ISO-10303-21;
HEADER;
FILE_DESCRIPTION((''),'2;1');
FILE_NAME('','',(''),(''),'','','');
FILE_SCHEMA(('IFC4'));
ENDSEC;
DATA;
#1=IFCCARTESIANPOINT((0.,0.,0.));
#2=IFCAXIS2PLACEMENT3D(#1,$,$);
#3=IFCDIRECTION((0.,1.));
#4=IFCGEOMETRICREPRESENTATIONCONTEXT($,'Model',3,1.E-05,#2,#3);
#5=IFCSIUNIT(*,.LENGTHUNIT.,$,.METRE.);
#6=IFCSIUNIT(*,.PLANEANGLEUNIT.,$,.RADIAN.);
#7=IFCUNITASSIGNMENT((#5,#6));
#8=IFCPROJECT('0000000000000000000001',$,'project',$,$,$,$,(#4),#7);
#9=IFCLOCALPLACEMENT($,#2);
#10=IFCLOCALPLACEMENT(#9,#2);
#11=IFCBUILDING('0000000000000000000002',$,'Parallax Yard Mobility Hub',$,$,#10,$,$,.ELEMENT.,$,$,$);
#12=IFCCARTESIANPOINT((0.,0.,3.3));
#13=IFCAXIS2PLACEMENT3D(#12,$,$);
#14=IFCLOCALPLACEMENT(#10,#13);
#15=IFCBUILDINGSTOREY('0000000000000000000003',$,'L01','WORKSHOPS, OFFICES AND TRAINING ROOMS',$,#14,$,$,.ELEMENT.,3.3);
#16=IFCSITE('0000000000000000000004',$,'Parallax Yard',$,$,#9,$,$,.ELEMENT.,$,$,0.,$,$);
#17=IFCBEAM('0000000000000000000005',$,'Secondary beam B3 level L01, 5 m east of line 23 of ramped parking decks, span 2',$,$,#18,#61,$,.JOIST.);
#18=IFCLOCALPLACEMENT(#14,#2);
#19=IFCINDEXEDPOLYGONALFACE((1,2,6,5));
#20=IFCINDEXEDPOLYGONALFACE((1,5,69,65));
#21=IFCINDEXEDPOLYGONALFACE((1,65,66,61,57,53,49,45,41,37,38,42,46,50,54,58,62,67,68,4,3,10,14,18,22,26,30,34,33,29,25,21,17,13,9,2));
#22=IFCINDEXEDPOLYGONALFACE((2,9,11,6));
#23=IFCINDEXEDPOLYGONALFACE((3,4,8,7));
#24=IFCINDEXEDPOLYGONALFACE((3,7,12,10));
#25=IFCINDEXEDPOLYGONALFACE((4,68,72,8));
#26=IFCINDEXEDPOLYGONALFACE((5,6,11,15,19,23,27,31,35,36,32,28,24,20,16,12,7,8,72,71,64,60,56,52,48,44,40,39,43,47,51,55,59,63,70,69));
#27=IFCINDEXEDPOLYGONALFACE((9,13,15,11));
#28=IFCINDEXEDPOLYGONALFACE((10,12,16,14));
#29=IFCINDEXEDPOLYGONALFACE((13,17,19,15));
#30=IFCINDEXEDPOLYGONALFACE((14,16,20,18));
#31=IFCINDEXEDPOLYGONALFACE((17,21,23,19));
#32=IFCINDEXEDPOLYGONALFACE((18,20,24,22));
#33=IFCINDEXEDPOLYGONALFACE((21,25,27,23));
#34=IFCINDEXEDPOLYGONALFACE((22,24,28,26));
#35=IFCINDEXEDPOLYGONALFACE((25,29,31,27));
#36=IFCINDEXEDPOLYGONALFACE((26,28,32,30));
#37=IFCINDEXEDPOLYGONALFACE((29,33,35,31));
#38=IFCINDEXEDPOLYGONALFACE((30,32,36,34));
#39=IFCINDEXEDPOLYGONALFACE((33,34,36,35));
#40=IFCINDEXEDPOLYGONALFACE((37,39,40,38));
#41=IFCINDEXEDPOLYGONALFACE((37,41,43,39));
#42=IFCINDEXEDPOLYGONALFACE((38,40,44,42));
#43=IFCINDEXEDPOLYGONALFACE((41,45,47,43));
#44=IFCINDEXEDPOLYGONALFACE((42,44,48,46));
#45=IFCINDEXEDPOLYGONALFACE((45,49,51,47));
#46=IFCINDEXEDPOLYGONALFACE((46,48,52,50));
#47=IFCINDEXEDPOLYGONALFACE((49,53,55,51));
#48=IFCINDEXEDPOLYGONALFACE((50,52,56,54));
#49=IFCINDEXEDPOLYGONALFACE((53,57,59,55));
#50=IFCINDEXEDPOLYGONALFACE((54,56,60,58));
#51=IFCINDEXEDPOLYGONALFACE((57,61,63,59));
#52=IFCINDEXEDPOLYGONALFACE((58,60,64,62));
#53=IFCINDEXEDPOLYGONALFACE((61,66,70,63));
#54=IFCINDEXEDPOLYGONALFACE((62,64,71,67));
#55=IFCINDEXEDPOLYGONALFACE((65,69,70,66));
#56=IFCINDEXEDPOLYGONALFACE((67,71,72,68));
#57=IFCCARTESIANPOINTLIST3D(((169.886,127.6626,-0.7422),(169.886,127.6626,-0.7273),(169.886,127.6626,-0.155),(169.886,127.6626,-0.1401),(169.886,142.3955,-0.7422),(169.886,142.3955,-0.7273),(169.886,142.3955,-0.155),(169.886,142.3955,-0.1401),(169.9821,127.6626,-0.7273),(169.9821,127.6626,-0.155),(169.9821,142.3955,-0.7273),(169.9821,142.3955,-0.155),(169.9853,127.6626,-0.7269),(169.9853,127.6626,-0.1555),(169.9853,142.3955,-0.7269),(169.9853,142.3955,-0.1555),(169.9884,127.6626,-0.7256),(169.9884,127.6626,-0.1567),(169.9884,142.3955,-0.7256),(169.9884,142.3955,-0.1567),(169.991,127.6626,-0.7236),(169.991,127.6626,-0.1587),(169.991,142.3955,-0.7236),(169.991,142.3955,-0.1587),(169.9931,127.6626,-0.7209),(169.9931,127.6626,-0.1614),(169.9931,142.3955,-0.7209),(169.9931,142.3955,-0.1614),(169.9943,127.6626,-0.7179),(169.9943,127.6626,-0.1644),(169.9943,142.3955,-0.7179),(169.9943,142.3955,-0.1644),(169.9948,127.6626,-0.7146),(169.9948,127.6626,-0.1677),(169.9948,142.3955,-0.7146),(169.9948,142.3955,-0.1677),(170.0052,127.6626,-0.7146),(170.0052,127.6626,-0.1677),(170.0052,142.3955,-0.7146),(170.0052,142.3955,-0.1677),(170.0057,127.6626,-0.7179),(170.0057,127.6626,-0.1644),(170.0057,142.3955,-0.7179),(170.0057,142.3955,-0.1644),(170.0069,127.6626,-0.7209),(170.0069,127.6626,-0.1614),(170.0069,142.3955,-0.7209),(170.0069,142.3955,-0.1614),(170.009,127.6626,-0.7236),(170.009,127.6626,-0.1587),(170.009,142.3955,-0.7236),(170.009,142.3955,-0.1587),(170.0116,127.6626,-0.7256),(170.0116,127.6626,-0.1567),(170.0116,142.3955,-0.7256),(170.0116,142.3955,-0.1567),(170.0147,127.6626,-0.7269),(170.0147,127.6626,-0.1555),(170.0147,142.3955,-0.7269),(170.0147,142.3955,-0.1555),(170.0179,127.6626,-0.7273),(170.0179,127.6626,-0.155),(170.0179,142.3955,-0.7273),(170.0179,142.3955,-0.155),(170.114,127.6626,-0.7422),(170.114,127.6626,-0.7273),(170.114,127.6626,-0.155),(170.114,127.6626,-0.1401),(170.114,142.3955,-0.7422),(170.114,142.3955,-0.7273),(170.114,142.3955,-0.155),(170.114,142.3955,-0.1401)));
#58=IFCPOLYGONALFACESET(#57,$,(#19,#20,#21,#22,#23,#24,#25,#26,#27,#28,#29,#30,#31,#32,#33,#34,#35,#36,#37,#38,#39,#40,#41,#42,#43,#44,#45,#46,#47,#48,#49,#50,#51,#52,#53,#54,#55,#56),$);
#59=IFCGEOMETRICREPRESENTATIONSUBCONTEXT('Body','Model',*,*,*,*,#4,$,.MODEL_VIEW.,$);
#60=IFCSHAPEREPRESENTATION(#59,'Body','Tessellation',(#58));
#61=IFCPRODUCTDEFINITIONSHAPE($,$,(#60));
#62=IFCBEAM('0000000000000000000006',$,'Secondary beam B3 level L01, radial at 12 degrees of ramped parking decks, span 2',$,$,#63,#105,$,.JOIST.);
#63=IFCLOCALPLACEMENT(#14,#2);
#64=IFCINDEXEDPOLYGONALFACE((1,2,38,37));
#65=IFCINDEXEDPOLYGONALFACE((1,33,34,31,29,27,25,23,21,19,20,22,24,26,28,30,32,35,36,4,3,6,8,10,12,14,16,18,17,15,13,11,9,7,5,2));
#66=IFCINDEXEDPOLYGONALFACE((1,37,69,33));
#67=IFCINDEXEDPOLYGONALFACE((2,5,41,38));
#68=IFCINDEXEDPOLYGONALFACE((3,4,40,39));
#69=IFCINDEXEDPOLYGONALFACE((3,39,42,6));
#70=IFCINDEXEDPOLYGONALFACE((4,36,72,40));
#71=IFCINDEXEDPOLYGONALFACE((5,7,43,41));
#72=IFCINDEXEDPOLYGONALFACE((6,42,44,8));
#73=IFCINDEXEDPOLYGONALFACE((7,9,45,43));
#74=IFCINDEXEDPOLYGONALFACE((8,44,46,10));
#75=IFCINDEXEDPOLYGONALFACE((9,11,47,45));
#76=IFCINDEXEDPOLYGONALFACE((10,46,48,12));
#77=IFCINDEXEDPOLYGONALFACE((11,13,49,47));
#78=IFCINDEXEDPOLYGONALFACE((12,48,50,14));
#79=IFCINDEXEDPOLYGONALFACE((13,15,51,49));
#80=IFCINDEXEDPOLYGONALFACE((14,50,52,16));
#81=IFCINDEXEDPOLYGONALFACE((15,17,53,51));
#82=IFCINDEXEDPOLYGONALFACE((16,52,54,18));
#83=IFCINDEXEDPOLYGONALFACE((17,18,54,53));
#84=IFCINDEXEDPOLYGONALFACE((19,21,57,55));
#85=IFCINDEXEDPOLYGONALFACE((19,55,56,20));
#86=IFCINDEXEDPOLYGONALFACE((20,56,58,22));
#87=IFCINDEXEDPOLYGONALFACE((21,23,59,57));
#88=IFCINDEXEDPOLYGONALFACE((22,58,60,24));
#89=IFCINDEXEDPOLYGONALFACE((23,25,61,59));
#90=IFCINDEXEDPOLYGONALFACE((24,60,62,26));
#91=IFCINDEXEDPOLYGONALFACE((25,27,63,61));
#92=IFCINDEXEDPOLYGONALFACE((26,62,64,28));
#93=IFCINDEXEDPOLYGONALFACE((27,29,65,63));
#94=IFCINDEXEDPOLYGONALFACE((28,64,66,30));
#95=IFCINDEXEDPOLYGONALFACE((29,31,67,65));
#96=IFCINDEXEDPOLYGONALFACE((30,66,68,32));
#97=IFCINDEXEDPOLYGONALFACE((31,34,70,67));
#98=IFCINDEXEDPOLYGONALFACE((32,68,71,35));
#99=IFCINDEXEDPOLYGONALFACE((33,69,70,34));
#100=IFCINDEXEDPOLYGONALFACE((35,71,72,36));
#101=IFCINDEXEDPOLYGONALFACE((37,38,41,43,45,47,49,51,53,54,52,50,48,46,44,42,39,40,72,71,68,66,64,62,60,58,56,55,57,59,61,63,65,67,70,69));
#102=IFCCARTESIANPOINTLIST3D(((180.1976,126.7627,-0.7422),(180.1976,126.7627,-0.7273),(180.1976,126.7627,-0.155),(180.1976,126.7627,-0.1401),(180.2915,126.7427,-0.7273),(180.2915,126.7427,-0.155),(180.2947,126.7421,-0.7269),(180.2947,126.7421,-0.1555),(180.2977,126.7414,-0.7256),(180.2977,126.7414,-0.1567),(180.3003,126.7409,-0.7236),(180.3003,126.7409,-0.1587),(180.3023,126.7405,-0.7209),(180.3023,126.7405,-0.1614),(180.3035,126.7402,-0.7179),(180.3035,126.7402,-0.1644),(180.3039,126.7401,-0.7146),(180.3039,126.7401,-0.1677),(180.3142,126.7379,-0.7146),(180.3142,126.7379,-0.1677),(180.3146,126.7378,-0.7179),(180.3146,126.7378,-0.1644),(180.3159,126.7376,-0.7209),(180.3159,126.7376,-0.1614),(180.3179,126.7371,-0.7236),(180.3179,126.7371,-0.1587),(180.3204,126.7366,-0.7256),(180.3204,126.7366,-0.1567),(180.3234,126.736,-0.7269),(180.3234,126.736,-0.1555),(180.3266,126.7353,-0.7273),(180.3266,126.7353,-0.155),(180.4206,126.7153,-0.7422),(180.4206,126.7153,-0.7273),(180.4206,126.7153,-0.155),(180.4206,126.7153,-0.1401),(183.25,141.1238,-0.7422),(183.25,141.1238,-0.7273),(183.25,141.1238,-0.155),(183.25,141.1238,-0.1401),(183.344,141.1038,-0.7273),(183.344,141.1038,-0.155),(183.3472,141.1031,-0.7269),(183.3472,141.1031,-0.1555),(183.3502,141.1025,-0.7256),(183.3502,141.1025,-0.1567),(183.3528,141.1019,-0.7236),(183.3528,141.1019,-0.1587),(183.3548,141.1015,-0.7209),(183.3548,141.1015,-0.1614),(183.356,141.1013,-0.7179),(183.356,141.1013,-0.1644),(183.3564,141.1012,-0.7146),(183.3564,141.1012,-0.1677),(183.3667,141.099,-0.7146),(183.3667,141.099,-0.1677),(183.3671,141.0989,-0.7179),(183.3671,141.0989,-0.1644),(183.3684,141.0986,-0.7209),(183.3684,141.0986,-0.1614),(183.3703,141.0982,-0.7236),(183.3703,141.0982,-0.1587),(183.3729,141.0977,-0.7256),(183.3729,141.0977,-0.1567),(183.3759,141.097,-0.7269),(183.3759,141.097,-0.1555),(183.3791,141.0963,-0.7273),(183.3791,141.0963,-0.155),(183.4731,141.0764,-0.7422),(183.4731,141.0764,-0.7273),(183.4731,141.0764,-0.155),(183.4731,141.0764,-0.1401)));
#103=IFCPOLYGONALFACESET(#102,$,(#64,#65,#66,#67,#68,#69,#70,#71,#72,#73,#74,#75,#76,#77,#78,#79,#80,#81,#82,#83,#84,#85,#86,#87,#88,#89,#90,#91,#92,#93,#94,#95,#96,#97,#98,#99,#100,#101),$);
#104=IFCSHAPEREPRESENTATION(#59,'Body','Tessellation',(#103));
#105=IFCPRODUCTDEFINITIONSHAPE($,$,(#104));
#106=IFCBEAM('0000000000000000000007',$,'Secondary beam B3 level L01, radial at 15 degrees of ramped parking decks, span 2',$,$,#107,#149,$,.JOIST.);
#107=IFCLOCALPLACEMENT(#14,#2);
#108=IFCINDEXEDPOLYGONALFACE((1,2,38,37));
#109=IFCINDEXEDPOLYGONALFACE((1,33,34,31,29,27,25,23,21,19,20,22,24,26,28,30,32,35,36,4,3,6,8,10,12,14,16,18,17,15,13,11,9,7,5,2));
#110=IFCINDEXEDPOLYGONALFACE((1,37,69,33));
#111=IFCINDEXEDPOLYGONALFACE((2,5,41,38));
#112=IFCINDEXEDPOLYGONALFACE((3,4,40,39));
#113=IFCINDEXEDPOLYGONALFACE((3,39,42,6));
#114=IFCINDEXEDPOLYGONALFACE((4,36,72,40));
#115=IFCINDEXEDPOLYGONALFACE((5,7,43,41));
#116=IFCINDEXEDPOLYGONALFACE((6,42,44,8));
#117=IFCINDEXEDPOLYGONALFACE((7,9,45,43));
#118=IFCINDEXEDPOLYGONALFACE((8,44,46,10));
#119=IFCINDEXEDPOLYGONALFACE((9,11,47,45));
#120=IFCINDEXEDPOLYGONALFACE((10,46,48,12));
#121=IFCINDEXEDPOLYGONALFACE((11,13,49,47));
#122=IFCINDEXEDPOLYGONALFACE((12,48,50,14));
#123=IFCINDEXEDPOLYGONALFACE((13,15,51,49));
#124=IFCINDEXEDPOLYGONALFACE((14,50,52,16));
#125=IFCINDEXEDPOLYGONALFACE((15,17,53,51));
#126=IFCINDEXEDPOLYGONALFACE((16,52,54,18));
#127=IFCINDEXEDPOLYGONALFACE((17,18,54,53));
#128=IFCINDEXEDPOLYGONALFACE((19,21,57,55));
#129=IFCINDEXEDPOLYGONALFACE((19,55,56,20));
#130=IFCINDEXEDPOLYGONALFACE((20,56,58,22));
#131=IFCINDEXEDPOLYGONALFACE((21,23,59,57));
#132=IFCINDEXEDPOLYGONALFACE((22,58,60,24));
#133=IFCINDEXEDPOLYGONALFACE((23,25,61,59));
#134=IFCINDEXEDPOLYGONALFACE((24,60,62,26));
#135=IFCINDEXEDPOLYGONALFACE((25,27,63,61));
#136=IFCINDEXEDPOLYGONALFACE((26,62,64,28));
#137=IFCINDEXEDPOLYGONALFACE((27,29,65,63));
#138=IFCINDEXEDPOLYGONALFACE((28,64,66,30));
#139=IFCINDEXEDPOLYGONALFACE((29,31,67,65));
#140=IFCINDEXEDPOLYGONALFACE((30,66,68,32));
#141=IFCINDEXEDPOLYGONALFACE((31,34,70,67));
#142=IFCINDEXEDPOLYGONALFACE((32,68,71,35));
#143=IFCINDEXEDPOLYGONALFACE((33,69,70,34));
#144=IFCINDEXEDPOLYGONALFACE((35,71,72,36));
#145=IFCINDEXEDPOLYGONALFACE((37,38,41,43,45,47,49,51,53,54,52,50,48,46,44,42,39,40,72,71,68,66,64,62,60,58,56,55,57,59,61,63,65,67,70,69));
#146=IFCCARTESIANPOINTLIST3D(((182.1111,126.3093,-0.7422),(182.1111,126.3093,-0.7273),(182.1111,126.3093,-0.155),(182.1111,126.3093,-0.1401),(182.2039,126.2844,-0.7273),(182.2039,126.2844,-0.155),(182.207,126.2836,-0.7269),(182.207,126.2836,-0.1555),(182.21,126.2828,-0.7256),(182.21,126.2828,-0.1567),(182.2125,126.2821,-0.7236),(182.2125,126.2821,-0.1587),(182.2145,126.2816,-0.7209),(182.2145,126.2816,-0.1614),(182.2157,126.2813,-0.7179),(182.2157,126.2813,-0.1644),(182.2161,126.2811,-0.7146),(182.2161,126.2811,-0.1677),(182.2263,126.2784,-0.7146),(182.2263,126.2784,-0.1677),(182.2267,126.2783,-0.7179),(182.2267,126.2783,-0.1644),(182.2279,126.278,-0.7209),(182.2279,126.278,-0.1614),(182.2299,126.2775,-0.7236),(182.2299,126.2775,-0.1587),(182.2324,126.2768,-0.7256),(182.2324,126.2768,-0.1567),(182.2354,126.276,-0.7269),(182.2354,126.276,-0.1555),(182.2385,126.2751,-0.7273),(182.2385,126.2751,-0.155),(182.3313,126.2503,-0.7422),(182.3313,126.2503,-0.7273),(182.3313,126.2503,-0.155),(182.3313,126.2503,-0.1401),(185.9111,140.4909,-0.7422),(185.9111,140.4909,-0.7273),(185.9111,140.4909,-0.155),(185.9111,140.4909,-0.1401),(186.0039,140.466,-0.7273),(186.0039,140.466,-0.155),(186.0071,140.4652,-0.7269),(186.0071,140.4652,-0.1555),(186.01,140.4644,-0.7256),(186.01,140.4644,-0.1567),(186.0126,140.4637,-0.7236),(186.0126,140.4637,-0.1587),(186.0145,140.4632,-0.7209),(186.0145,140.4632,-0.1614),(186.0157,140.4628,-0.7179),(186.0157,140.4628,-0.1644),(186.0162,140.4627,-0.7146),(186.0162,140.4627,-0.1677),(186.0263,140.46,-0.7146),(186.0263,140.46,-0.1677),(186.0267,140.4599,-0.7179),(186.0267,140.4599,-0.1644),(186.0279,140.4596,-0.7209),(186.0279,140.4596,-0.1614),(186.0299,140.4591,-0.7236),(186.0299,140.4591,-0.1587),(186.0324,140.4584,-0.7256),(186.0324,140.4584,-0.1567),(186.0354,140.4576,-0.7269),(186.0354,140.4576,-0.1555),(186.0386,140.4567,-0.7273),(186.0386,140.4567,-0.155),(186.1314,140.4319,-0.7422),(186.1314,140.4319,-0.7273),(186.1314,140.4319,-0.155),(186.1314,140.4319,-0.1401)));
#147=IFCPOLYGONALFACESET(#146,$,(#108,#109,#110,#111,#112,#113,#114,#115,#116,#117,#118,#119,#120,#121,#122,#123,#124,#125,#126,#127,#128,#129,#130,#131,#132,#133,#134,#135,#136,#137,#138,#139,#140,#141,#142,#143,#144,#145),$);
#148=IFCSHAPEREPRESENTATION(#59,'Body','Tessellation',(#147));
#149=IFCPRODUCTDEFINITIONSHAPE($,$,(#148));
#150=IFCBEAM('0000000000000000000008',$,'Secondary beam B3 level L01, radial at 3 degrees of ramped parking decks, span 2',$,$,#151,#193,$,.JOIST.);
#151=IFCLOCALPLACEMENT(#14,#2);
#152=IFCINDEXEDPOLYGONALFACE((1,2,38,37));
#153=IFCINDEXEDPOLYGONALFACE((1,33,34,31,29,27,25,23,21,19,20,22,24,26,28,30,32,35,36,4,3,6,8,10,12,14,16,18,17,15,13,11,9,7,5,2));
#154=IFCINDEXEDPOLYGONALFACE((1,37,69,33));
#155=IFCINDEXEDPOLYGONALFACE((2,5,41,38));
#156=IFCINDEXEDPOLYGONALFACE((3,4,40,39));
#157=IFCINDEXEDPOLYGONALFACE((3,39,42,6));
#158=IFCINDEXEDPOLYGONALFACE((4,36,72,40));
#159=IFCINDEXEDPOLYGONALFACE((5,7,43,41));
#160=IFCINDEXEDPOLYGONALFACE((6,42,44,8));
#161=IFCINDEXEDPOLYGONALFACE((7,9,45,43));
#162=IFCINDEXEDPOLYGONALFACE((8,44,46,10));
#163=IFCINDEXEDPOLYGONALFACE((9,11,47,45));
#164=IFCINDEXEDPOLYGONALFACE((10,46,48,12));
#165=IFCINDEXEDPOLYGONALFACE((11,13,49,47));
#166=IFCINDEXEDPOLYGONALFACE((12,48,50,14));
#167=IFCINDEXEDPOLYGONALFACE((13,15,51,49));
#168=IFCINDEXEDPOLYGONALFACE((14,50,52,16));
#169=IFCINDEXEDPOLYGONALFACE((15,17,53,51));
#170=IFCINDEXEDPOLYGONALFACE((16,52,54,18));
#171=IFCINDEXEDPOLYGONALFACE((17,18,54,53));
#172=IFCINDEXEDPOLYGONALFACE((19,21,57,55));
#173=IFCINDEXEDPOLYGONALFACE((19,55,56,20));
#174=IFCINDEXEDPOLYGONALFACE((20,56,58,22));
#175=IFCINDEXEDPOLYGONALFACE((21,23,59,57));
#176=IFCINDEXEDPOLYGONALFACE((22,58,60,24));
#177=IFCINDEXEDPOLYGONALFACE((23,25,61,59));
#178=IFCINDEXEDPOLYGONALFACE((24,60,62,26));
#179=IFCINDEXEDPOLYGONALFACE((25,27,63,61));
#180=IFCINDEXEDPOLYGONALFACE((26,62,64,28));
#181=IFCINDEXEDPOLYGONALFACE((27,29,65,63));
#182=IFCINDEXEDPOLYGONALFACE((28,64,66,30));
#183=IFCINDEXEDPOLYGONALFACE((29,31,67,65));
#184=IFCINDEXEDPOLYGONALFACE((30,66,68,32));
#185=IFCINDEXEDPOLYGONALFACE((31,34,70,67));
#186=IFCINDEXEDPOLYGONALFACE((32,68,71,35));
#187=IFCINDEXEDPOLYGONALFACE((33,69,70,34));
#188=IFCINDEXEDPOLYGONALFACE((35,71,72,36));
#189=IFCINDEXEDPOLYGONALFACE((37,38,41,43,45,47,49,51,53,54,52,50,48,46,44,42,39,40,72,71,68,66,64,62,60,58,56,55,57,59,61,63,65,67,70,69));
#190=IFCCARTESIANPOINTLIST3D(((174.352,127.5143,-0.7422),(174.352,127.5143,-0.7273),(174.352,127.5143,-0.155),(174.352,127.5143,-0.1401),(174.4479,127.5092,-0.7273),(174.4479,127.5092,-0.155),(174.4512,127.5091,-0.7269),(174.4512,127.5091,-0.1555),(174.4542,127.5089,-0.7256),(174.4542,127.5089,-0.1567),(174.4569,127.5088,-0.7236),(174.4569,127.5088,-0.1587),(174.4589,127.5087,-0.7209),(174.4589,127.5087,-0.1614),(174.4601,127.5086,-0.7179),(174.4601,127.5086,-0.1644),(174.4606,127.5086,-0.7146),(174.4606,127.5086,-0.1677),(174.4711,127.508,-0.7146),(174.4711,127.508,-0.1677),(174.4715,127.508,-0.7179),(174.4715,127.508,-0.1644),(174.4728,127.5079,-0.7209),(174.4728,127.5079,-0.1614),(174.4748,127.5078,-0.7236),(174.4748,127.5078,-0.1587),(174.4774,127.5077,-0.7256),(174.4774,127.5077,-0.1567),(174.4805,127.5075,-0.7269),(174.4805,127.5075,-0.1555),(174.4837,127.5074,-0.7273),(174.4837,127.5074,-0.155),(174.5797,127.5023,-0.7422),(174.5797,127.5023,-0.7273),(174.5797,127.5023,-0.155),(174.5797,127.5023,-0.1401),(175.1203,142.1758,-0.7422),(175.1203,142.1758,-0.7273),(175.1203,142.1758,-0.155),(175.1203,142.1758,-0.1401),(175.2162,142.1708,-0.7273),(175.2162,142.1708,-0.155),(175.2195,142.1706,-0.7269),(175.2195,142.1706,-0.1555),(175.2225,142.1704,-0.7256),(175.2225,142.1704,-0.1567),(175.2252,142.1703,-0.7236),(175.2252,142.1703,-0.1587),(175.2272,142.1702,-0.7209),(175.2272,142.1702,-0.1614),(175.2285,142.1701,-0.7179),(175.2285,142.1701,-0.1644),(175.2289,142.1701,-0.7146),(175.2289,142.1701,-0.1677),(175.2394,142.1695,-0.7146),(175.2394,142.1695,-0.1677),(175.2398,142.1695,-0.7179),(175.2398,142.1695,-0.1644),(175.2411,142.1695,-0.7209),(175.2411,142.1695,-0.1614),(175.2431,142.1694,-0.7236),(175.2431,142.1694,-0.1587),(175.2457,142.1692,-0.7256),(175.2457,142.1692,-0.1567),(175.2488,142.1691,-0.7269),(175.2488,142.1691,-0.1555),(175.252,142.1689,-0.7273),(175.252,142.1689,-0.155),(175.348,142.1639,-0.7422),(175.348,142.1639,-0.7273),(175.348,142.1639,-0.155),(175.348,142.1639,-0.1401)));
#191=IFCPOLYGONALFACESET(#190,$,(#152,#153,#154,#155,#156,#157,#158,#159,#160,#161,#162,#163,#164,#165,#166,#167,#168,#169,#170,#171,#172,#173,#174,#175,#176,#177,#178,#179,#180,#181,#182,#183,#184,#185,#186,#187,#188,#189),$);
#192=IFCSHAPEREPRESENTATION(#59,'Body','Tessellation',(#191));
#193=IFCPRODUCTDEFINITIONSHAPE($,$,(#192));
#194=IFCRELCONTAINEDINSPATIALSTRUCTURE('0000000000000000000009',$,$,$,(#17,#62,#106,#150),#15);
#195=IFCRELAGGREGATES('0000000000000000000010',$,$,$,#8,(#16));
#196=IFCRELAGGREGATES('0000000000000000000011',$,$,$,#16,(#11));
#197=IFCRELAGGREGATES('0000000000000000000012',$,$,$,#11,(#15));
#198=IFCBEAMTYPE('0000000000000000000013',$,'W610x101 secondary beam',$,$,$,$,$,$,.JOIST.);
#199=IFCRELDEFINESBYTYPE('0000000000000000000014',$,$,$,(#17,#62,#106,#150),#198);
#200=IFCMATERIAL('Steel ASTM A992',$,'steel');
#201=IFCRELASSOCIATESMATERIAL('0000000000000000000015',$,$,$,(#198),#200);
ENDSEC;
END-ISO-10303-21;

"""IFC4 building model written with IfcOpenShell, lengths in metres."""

from ifc_helpers import new_model, si_unit, direction, frame, origin, origin_2d, place, context, subcontext, project, spatial, i_section, extrude, material, material_profile, profile_set, type_object, element, save


model = new_model("IFC4")

# Units and contexts
model_context = context("Model", 3, precision=1e-05, world=origin(), true_north=direction((0.0, 1.0)))
body_context = subcontext(model_context, "Body", "Model", "MODEL_VIEW")
ifc_project = project(units=[si_unit("LENGTHUNIT", "METRE"), si_unit("PLANEANGLEUNIT", "RADIAN")], contexts=[model_context])

# Site, building, storey
site_placement = place(None, origin())
site = spatial("IfcSite", under=ifc_project, at=site_placement, Name="Parallax Yard", CompositionType="ELEMENT", RefElevation=0.0)
building_placement = place(site_placement, origin())
building = spatial("IfcBuilding", under=site, at=building_placement, Name="Parallax Yard Mobility Hub", CompositionType="ELEMENT")
storey_placement = place(building_placement, frame((0.0, 0.0, 3.3)))
storey = spatial("IfcBuildingStorey", under=building, at=storey_placement, Name="L01", Description="WORKSHOPS, OFFICES AND TRAINING ROOMS", CompositionType="ELEMENT", Elevation=3.3)

# Shared definitions
ifc_material_1 = material(Name="Steel ASTM A992", Category="steel")

# Beams
ifc_material_profile_1 = material_profile(ifc_material_1, i_section(OverallWidth=0.228, OverallDepth=0.6021, WebThickness=0.0105, FlangeThickness=0.0149, FilletRadius=0.0127, at=origin_2d()), Name="W610x101")
ifc_profile_set_1 = profile_set([ifc_material_profile_1], Name="Steel ASTM A992")
beam_type_1 = type_object("IfcBeamType", Name="W610x101 secondary beam", PredefinedType="JOIST", material=ifc_profile_set_1)
for number, where, z_axis, x_axis, name in (
    (1, (170.0, 127.6626, -0.4412), (0.0, 1.0, 0.0), (-1.0, 0.0, 0.0), "Secondary beam B3 level L01, 5 m east of line 23 of ramped parking decks, span 2"),
):
    element("IfcBeam", number, at=place(storey_placement, frame(where, z_axis=z_axis, x_axis=x_axis)), inside=storey, type_object=beam_type_1, Name=name, PredefinedType="JOIST", context=body_context, shape_type="SweptSolid", body=[
        extrude(i_section(OverallWidth=0.228, OverallDepth=0.6021, WebThickness=0.0105, FlangeThickness=0.0149, FilletRadius=0.0127, at=origin_2d()), origin(), (0.0, 0.0, 1.0), 14.7329),
    ])
for number, where, z_axis, x_axis, name in (
    (2, (180.3091, 126.739, -0.4412), (0.207908, 0.978148, 0.0), (-0.978148, 0.207908, 0.0), "Secondary beam B3 level L01, radial at 12 degrees of ramped parking decks, span 2"),
    (3, (182.2212, 126.2798, -0.4412), (0.258825, 0.965924, 0.0), (-0.965924, 0.258825, 0.0), "Secondary beam B3 level L01, radial at 15 degrees of ramped parking decks, span 2"),
):
    element("IfcBeam", number, at=place(storey_placement, frame(where, z_axis=z_axis, x_axis=x_axis)), inside=storey, type_object=beam_type_1, Name=name, PredefinedType="JOIST", context=body_context, shape_type="SweptSolid", body=[
        extrude(i_section(OverallWidth=0.228, OverallDepth=0.6021, WebThickness=0.0105, FlangeThickness=0.0149, FilletRadius=0.0127, at=origin_2d()), origin(), (0.0, 0.0, 1.0), 14.6819),
    ])
for number, where, z_axis, x_axis, name in (
    (4, (174.4658, 127.5083, -0.4412), (0.052331, 0.99863, 0.0), (-0.99863, 0.052331, 0.0), "Secondary beam B3 level L01, radial at 3 degrees of ramped parking decks, span 2"),
):
    element("IfcBeam", number, at=place(storey_placement, frame(where, z_axis=z_axis, x_axis=x_axis)), inside=storey, type_object=beam_type_1, Name=name, PredefinedType="JOIST", context=body_context, shape_type="SweptSolid", body=[
        extrude(i_section(OverallWidth=0.228, OverallDepth=0.6021, WebThickness=0.0105, FlangeThickness=0.0149, FilletRadius=0.0127, at=origin_2d()), origin(), (0.0, 0.0, 1.0), 14.6816),
    ])

save(model, "model.ifc")
